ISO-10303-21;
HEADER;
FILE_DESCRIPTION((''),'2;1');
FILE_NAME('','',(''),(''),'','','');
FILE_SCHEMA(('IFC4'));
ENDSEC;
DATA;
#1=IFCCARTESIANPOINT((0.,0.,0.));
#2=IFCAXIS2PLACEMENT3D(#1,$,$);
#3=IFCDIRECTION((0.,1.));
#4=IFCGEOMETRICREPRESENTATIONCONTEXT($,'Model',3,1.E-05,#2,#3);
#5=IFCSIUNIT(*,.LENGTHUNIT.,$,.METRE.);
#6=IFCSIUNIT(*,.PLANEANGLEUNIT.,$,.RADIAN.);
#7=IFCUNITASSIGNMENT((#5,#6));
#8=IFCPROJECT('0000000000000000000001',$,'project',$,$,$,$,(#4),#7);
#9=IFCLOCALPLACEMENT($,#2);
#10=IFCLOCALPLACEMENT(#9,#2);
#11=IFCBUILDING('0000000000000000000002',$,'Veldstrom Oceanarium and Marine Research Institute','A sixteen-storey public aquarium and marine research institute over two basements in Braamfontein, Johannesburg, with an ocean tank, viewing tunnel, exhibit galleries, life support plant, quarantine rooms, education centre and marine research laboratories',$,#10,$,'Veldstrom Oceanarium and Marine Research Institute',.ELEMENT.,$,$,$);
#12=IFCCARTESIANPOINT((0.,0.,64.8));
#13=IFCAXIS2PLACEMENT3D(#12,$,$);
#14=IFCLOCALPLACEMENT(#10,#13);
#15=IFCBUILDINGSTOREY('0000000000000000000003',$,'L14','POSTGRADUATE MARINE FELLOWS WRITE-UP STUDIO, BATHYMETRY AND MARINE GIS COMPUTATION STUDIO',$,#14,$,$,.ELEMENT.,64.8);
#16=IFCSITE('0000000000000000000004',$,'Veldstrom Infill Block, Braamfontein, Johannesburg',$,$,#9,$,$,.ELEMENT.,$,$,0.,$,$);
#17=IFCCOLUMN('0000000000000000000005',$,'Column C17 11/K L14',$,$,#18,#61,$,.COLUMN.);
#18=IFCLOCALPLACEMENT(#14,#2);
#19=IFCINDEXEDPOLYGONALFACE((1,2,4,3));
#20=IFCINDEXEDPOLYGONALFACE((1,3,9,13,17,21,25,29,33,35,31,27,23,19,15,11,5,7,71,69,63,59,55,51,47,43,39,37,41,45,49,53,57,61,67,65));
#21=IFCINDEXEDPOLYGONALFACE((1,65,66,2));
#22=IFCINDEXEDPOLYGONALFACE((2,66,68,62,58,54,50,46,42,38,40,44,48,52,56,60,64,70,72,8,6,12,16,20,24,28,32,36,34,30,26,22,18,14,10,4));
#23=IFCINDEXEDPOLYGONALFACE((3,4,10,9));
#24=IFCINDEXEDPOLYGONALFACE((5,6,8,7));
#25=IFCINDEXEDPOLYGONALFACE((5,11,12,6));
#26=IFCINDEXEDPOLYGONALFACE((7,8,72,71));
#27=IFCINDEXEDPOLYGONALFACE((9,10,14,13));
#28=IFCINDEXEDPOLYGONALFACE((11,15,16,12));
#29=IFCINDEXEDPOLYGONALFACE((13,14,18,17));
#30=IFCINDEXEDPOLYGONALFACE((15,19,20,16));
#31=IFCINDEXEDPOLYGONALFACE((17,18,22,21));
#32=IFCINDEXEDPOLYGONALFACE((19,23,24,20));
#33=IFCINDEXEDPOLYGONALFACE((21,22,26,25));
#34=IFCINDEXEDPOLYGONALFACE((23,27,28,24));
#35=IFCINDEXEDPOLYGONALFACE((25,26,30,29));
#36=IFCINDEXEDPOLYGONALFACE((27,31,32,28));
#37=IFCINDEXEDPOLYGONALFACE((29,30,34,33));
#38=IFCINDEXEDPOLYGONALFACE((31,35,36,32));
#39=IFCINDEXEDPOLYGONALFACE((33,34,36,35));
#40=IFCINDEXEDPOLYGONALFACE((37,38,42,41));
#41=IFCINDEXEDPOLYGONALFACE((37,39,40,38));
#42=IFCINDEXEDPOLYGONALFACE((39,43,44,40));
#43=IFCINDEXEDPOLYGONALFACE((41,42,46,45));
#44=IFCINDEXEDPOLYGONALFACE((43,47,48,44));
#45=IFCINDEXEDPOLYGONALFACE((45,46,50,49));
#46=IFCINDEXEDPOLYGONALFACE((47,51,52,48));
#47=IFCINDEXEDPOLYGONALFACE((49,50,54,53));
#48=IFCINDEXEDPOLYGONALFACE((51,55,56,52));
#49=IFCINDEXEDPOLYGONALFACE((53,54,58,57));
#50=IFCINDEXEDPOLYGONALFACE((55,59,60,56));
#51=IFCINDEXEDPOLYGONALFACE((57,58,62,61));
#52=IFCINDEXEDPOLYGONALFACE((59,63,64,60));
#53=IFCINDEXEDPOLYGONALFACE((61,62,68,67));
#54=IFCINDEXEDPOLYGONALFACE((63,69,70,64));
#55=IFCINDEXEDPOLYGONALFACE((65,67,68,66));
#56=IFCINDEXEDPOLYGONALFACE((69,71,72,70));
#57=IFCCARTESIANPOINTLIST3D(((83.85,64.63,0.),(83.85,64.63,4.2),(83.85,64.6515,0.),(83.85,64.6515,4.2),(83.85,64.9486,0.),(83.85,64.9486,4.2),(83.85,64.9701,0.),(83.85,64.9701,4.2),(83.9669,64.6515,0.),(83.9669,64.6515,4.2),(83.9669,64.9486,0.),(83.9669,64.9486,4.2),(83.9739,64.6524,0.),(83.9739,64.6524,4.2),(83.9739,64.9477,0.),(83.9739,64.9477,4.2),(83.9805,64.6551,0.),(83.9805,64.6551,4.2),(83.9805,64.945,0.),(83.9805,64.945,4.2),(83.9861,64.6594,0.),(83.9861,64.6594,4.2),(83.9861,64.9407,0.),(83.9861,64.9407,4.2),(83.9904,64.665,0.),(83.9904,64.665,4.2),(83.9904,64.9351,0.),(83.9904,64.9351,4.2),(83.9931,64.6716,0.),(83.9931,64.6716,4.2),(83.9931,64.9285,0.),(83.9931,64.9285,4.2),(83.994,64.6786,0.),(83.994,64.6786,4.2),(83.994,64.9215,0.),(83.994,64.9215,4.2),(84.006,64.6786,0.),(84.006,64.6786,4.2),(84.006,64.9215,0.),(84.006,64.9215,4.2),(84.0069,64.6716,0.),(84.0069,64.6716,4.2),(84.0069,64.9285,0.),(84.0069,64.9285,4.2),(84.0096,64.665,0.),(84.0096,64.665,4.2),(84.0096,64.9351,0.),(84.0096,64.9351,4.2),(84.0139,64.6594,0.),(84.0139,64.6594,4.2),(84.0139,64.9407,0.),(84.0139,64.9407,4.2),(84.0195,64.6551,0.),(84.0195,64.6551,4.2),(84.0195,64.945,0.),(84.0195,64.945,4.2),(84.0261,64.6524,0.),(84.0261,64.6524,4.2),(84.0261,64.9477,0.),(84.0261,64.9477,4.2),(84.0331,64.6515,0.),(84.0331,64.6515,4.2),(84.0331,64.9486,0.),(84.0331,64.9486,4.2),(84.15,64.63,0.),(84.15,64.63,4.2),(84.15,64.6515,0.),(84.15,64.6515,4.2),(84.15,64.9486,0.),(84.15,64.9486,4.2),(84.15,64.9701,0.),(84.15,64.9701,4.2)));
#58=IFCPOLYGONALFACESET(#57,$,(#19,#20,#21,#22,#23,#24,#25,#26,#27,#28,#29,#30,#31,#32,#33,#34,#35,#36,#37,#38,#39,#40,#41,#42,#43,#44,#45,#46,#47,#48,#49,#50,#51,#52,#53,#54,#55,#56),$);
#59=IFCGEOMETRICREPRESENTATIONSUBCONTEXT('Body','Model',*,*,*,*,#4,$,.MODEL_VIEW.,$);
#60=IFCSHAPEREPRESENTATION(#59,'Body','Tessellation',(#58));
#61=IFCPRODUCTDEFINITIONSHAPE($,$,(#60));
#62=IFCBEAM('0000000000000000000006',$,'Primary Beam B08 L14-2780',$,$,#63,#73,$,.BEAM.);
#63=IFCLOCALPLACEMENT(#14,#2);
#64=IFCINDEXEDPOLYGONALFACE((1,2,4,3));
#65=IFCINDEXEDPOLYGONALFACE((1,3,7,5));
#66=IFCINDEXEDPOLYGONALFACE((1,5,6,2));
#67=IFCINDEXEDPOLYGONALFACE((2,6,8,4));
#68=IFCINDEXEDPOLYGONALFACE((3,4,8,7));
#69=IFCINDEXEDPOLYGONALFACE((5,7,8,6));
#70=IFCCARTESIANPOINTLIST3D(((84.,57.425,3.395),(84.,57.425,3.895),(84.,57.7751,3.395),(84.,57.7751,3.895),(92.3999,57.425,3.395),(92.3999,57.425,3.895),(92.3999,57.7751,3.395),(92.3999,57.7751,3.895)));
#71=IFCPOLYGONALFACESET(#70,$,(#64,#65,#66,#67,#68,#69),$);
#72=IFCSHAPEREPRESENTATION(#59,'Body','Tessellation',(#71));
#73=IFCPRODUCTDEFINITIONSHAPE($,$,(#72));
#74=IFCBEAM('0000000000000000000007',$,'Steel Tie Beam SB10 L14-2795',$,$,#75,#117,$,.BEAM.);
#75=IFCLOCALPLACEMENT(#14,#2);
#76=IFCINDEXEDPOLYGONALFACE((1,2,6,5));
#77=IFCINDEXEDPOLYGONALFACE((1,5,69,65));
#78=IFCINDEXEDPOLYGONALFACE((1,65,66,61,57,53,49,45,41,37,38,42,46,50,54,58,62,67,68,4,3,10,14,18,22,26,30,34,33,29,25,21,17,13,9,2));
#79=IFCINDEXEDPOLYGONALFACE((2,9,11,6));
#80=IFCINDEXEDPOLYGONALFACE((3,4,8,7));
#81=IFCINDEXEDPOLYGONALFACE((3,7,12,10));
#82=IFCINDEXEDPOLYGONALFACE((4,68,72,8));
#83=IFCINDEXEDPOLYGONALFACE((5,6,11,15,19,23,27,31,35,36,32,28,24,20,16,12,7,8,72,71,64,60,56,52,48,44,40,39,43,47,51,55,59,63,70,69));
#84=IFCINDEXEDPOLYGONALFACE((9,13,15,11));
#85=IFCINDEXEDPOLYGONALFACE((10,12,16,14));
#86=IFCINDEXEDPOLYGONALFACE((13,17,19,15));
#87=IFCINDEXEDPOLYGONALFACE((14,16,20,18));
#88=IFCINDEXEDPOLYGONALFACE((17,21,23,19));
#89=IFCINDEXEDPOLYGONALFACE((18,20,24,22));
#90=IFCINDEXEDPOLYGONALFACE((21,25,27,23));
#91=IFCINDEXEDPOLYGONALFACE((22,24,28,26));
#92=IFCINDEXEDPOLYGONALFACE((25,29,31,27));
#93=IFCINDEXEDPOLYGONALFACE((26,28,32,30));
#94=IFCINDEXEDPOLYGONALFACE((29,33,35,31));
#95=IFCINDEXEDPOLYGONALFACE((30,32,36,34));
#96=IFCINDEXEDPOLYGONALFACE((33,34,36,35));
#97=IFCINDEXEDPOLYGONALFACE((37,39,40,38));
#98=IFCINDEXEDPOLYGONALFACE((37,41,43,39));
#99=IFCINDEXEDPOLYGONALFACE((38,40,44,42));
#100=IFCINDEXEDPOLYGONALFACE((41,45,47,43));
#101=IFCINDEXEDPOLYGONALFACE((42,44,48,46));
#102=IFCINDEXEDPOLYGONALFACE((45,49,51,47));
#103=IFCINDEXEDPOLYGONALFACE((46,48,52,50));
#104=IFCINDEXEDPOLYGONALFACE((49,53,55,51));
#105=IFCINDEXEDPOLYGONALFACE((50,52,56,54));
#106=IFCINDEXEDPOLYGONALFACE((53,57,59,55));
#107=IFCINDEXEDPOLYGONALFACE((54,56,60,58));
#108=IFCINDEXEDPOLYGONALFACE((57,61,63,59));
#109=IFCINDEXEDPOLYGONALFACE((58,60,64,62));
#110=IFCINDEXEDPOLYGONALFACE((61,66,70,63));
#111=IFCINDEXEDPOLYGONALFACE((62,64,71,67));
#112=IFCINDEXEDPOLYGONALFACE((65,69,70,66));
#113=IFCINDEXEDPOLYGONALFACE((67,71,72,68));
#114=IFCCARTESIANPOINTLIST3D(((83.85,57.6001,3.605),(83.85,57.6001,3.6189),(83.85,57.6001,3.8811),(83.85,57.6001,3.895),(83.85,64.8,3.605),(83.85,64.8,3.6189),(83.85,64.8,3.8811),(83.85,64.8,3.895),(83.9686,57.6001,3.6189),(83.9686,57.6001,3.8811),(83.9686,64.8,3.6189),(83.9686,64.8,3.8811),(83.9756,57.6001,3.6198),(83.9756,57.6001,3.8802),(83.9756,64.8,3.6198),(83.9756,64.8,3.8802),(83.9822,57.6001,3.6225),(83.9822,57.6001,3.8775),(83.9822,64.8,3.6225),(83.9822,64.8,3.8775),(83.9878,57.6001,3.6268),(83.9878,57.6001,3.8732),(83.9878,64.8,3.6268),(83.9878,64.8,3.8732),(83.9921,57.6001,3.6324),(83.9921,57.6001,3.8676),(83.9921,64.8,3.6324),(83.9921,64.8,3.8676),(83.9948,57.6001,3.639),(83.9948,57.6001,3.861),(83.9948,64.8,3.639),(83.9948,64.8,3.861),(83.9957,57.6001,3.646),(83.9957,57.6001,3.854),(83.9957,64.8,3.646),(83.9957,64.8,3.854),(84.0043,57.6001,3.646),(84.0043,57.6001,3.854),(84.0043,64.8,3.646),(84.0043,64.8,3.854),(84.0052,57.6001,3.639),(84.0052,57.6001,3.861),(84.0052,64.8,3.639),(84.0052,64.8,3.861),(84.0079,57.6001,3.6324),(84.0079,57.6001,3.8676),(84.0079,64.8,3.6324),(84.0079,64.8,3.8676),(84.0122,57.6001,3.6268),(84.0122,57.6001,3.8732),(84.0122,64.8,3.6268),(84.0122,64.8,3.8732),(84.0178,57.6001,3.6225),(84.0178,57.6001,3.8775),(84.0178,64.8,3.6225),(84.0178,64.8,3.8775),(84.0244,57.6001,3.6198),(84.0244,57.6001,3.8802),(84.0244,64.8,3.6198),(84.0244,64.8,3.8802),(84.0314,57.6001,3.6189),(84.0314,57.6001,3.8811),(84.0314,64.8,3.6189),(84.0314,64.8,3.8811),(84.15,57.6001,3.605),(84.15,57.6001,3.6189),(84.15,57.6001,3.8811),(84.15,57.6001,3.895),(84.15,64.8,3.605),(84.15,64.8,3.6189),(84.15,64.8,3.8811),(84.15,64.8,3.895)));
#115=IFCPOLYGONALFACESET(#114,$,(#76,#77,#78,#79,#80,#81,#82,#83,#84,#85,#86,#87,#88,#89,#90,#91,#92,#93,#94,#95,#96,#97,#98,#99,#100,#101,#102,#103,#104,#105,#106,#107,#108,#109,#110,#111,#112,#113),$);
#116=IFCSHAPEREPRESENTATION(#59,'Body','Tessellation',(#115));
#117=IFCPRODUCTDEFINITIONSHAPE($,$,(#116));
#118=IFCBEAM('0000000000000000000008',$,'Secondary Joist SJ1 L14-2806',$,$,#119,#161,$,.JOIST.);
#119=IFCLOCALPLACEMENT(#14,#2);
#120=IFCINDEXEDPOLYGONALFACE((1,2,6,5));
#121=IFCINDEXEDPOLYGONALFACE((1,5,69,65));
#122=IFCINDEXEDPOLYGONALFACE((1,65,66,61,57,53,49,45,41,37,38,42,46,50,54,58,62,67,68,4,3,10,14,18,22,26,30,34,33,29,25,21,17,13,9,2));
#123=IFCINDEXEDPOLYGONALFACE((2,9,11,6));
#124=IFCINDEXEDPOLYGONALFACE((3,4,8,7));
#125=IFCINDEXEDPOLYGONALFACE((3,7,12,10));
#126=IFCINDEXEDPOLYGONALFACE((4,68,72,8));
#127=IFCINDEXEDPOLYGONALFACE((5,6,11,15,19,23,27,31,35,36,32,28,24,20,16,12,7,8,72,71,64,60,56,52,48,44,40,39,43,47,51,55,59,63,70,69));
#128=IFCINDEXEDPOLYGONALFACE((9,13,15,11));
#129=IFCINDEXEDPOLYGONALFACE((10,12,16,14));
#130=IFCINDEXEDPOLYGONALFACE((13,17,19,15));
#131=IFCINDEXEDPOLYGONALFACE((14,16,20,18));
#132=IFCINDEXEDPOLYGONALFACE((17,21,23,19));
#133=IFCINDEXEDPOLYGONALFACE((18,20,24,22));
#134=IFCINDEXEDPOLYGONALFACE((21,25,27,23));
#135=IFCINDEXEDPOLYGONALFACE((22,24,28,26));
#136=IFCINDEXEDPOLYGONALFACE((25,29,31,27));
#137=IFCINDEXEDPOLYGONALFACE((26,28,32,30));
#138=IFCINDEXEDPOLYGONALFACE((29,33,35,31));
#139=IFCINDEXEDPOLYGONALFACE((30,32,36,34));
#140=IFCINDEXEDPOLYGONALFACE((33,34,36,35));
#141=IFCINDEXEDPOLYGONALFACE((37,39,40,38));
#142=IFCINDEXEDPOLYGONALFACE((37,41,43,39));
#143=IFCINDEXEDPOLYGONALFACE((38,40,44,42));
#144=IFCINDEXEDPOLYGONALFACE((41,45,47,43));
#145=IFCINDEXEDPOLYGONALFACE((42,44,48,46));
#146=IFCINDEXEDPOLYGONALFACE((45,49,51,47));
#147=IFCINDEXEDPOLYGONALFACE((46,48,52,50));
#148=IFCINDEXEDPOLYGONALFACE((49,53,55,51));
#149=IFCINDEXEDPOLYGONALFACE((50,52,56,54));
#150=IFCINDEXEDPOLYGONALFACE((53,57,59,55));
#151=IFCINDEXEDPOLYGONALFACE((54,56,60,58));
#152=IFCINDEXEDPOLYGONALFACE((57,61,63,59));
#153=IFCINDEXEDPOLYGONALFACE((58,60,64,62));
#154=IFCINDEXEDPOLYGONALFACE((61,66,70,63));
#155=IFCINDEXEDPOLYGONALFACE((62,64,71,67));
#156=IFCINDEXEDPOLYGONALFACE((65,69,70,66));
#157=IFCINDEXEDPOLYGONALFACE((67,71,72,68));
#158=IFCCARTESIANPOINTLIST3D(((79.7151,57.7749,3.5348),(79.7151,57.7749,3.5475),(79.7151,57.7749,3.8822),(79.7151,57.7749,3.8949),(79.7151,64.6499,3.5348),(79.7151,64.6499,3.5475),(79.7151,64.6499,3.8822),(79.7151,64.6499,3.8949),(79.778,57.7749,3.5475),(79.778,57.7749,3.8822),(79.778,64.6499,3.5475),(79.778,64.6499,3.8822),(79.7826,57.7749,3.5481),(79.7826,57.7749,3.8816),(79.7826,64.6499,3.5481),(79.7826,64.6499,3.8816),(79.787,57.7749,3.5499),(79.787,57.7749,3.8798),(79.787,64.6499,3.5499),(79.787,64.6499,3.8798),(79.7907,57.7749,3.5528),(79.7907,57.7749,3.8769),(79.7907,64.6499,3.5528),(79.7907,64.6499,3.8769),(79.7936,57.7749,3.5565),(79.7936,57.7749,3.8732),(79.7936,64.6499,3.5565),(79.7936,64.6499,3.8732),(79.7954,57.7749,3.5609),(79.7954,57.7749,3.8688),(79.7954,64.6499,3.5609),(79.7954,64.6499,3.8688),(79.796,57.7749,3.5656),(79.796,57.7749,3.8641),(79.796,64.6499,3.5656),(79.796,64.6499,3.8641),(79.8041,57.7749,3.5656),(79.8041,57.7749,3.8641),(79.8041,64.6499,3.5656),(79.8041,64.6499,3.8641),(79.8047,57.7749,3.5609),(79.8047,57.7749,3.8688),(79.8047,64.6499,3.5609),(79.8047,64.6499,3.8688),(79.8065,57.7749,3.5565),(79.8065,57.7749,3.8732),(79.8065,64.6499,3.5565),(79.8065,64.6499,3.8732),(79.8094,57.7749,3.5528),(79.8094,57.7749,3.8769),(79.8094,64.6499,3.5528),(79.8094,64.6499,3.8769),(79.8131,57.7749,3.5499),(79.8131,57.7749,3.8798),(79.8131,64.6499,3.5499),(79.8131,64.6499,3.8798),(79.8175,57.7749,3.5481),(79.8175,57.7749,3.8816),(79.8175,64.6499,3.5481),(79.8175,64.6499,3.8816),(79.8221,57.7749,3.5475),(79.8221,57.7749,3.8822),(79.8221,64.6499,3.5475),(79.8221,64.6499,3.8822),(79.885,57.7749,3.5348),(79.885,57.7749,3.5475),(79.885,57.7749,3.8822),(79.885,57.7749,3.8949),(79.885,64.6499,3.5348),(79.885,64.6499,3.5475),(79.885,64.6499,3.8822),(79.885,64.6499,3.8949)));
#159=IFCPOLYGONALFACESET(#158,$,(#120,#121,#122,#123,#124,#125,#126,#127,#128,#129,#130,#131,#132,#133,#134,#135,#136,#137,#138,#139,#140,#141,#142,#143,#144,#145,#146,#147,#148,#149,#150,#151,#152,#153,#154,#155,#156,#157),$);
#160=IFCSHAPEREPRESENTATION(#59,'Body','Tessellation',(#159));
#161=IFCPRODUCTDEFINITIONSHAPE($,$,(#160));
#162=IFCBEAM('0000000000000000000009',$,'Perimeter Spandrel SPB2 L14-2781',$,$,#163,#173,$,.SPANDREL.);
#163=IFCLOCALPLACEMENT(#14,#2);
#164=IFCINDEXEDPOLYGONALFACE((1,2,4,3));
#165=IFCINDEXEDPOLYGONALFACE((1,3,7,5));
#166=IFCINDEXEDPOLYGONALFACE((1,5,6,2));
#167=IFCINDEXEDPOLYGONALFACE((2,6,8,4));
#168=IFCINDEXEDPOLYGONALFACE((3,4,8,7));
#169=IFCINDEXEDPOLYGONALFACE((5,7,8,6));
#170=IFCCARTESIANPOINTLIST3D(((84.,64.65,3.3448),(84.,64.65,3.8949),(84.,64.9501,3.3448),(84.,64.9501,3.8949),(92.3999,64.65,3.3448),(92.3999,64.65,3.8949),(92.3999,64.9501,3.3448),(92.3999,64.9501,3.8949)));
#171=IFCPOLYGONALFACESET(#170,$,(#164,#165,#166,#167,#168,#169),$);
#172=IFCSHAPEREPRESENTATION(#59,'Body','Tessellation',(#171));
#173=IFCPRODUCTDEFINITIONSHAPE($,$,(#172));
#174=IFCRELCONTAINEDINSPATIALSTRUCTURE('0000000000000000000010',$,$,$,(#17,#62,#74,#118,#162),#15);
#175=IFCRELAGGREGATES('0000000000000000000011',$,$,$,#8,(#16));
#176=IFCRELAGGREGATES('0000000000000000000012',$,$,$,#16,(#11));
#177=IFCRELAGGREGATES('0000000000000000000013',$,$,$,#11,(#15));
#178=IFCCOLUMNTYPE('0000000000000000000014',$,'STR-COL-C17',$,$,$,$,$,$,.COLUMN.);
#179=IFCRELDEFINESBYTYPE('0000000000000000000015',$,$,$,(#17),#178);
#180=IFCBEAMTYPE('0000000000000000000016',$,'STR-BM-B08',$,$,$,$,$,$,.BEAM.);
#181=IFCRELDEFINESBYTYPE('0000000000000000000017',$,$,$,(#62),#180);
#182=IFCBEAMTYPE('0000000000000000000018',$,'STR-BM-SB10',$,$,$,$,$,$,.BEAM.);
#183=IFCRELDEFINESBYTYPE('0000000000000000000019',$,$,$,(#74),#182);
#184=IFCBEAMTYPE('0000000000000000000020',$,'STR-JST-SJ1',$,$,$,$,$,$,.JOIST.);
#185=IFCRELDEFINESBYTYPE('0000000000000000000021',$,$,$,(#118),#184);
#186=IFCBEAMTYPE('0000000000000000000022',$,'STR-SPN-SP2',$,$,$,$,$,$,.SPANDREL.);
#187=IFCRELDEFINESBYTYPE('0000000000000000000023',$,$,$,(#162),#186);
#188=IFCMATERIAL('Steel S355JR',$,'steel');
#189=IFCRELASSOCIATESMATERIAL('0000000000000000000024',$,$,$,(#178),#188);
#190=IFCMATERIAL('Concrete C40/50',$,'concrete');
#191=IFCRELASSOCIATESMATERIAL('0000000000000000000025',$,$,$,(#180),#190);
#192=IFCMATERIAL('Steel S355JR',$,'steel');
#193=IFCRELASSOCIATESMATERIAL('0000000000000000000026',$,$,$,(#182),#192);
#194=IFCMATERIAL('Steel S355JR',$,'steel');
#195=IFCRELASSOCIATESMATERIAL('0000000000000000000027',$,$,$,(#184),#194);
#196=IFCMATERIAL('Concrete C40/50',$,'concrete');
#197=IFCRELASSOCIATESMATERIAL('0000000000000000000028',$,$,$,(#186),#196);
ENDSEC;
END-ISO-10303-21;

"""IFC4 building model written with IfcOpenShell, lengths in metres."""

from ifc_helpers import new_model, si_unit, direction, frame, origin, origin_2d, place, context, subcontext, project, spatial, rectangle, i_section, extrude, material, material_profile, profile_set, type_object, element, save


model = new_model("IFC4")

# Units and contexts
model_context = context("Model", 3, precision=1e-05, world=origin(), true_north=direction((0.0, 1.0)))
body_context = subcontext(model_context, "Body", "Model", "MODEL_VIEW")
ifc_project = project(units=[si_unit("LENGTHUNIT", "METRE"), si_unit("PLANEANGLEUNIT", "RADIAN")], contexts=[model_context])

# Site, building, storey
site_placement = place(None, origin())
site = spatial("IfcSite", under=ifc_project, at=site_placement, Name="Veldstrom Infill Block, Braamfontein, Johannesburg", CompositionType="ELEMENT", RefElevation=0.0)
building_placement = place(site_placement, origin())
building = spatial("IfcBuilding", under=site, at=building_placement, Name="Veldstrom Oceanarium and Marine Research Institute", Description="A sixteen-storey public aquarium and marine research institute over two basements in Braamfontein, Johannesburg, with an ocean tank, viewing tunnel, exhibit galleries, life support plant, quarantine rooms, education centre and marine research laboratories", LongName="Veldstrom Oceanarium and Marine Research Institute", CompositionType="ELEMENT")
storey_placement = place(building_placement, frame((0.0, 0.0, 64.8)))
storey = spatial("IfcBuildingStorey", under=building, at=storey_placement, Name="L14", Description="POSTGRADUATE MARINE FELLOWS WRITE-UP STUDIO, BATHYMETRY AND MARINE GIS COMPUTATION STUDIO", CompositionType="ELEMENT", Elevation=64.8)

# Column
ifc_material_1 = material(Name="Steel S355JR", Category="steel")
ifc_material_profile_1 = material_profile(ifc_material_1, i_section(OverallWidth=0.3, OverallDepth=0.3401, WebThickness=0.012, FlangeThickness=0.0215, FilletRadius=0.0271, at=origin_2d()), Name="HEB 340")
ifc_profile_set_1 = profile_set([ifc_material_profile_1], Name="Steel S355JR")
column_type = type_object("IfcColumnType", Name="STR-COL-C17", PredefinedType="COLUMN", material=ifc_profile_set_1)
column_placement = place(storey_placement, frame((84.0, 64.8, 0.0), z_axis=(0.0, 0.0, 1.0), x_axis=(1.0, 0.0, 0.0)))
element("IfcColumn", 1, at=column_placement, inside=storey, type_object=column_type, Name="Column C17 11/K L14", PredefinedType="COLUMN", context=body_context, shape_type="SweptSolid", body=[
    extrude(i_section(OverallWidth=0.3, OverallDepth=0.3401, WebThickness=0.012, FlangeThickness=0.0215, FilletRadius=0.0271, at=origin_2d()), origin(), (0.0, 0.0, 1.0), 4.2),
])

# Beams
ifc_material_2 = material(Name="Concrete C40/50", Category="concrete")
ifc_material_profile_2 = material_profile(ifc_material_2, rectangle(XDim=0.3501, YDim=0.5, at=origin_2d()), Name="RC-BM-350x500")
ifc_profile_set_2 = profile_set([ifc_material_profile_2], Name="Concrete C40/50")
beam_type_1 = type_object("IfcBeamType", Name="STR-BM-B08", PredefinedType="BEAM", material=ifc_profile_set_2)
beam_1_placement = place(storey_placement, frame((84.0, 57.6001, 3.645), z_axis=(1.0, 0.0, 0.0), x_axis=(0.0, 1.0, 0.0)))
element("IfcBeam", 2, at=beam_1_placement, inside=storey, type_object=beam_type_1, Name="Primary Beam B08 L14-2780", PredefinedType="BEAM", context=body_context, shape_type="SweptSolid", body=[
    extrude(rectangle(XDim=0.3501, YDim=0.5, at=origin_2d()), origin(), (0.0, 0.0, 1.0), 8.3999),
])
ifc_material_3 = material(Name="Steel S355JR", Category="steel")
ifc_material_profile_3 = material_profile(ifc_material_3, i_section(OverallWidth=0.3, OverallDepth=0.29, WebThickness=0.0085, FlangeThickness=0.0139, FilletRadius=0.0271, at=origin_2d()), Name="HEA 300")
ifc_profile_set_3 = profile_set([ifc_material_profile_3], Name="Steel S355JR")
beam_type_2 = type_object("IfcBeamType", Name="STR-BM-SB10", PredefinedType="BEAM", material=ifc_profile_set_3)
beam_2_placement = place(storey_placement, frame((84.0, 57.6001, 3.75), z_axis=(0.0, 1.0, 0.0), x_axis=(-1.0, 0.0, 0.0)))
element("IfcBeam", 3, at=beam_2_placement, inside=storey, type_object=beam_type_2, Name="Steel Tie Beam SB10 L14-2795", PredefinedType="BEAM", context=body_context, shape_type="SweptSolid", body=[
    extrude(i_section(OverallWidth=0.3, OverallDepth=0.29, WebThickness=0.0085, FlangeThickness=0.0139, FilletRadius=0.0271, at=origin_2d()), origin(), (0.0, 0.0, 1.0), 7.2),
])
ifc_material_4 = material(Name="Steel S355JR", Category="steel")
ifc_material_profile_4 = material_profile(ifc_material_4, i_section(OverallWidth=0.1699, OverallDepth=0.3601, WebThickness=0.0081, FlangeThickness=0.0127, FilletRadius=0.0181, at=origin_2d()), Name="IPE 360")
ifc_profile_set_4 = profile_set([ifc_material_profile_4], Name="Steel S355JR")
beam_type_3 = type_object("IfcBeamType", Name="STR-JST-SJ1", PredefinedType="JOIST", material=ifc_profile_set_4)
beam_3_placement = place(storey_placement, frame((79.8, 57.7749, 3.7148), z_axis=(0.0, 1.0, 0.0), x_axis=(-1.0, 0.0, 0.0)))
element("IfcBeam", 4, at=beam_3_placement, inside=storey, type_object=beam_type_3, Name="Secondary Joist SJ1 L14-2806", PredefinedType="JOIST", context=body_context, shape_type="SweptSolid", body=[
    extrude(i_section(OverallWidth=0.1699, OverallDepth=0.3601, WebThickness=0.0081, FlangeThickness=0.0127, FilletRadius=0.0181, at=origin_2d()), origin(), (0.0, 0.0, 1.0), 6.875),
])
ifc_material_5 = material(Name="Concrete C40/50", Category="concrete")
ifc_material_profile_5 = material_profile(ifc_material_5, rectangle(XDim=0.3, YDim=0.55, at=origin_2d()), Name="RC-SPN-300x550")
ifc_profile_set_5 = profile_set([ifc_material_profile_5], Name="Concrete C40/50")
beam_type_4 = type_object("IfcBeamType", Name="STR-SPN-SP2", PredefinedType="SPANDREL", material=ifc_profile_set_5)
beam_4_placement = place(storey_placement, frame((84.0, 64.8, 3.6199), z_axis=(1.0, 0.0, 0.0), x_axis=(0.0, 1.0, 0.0)))
element("IfcBeam", 5, at=beam_4_placement, inside=storey, type_object=beam_type_4, Name="Perimeter Spandrel SPB2 L14-2781", PredefinedType="SPANDREL", context=body_context, shape_type="SweptSolid", body=[
    extrude(rectangle(XDim=0.3, YDim=0.55, at=origin_2d()), origin(), (0.0, 0.0, 1.0), 8.3999),
])

save(model, "model.ifc")
